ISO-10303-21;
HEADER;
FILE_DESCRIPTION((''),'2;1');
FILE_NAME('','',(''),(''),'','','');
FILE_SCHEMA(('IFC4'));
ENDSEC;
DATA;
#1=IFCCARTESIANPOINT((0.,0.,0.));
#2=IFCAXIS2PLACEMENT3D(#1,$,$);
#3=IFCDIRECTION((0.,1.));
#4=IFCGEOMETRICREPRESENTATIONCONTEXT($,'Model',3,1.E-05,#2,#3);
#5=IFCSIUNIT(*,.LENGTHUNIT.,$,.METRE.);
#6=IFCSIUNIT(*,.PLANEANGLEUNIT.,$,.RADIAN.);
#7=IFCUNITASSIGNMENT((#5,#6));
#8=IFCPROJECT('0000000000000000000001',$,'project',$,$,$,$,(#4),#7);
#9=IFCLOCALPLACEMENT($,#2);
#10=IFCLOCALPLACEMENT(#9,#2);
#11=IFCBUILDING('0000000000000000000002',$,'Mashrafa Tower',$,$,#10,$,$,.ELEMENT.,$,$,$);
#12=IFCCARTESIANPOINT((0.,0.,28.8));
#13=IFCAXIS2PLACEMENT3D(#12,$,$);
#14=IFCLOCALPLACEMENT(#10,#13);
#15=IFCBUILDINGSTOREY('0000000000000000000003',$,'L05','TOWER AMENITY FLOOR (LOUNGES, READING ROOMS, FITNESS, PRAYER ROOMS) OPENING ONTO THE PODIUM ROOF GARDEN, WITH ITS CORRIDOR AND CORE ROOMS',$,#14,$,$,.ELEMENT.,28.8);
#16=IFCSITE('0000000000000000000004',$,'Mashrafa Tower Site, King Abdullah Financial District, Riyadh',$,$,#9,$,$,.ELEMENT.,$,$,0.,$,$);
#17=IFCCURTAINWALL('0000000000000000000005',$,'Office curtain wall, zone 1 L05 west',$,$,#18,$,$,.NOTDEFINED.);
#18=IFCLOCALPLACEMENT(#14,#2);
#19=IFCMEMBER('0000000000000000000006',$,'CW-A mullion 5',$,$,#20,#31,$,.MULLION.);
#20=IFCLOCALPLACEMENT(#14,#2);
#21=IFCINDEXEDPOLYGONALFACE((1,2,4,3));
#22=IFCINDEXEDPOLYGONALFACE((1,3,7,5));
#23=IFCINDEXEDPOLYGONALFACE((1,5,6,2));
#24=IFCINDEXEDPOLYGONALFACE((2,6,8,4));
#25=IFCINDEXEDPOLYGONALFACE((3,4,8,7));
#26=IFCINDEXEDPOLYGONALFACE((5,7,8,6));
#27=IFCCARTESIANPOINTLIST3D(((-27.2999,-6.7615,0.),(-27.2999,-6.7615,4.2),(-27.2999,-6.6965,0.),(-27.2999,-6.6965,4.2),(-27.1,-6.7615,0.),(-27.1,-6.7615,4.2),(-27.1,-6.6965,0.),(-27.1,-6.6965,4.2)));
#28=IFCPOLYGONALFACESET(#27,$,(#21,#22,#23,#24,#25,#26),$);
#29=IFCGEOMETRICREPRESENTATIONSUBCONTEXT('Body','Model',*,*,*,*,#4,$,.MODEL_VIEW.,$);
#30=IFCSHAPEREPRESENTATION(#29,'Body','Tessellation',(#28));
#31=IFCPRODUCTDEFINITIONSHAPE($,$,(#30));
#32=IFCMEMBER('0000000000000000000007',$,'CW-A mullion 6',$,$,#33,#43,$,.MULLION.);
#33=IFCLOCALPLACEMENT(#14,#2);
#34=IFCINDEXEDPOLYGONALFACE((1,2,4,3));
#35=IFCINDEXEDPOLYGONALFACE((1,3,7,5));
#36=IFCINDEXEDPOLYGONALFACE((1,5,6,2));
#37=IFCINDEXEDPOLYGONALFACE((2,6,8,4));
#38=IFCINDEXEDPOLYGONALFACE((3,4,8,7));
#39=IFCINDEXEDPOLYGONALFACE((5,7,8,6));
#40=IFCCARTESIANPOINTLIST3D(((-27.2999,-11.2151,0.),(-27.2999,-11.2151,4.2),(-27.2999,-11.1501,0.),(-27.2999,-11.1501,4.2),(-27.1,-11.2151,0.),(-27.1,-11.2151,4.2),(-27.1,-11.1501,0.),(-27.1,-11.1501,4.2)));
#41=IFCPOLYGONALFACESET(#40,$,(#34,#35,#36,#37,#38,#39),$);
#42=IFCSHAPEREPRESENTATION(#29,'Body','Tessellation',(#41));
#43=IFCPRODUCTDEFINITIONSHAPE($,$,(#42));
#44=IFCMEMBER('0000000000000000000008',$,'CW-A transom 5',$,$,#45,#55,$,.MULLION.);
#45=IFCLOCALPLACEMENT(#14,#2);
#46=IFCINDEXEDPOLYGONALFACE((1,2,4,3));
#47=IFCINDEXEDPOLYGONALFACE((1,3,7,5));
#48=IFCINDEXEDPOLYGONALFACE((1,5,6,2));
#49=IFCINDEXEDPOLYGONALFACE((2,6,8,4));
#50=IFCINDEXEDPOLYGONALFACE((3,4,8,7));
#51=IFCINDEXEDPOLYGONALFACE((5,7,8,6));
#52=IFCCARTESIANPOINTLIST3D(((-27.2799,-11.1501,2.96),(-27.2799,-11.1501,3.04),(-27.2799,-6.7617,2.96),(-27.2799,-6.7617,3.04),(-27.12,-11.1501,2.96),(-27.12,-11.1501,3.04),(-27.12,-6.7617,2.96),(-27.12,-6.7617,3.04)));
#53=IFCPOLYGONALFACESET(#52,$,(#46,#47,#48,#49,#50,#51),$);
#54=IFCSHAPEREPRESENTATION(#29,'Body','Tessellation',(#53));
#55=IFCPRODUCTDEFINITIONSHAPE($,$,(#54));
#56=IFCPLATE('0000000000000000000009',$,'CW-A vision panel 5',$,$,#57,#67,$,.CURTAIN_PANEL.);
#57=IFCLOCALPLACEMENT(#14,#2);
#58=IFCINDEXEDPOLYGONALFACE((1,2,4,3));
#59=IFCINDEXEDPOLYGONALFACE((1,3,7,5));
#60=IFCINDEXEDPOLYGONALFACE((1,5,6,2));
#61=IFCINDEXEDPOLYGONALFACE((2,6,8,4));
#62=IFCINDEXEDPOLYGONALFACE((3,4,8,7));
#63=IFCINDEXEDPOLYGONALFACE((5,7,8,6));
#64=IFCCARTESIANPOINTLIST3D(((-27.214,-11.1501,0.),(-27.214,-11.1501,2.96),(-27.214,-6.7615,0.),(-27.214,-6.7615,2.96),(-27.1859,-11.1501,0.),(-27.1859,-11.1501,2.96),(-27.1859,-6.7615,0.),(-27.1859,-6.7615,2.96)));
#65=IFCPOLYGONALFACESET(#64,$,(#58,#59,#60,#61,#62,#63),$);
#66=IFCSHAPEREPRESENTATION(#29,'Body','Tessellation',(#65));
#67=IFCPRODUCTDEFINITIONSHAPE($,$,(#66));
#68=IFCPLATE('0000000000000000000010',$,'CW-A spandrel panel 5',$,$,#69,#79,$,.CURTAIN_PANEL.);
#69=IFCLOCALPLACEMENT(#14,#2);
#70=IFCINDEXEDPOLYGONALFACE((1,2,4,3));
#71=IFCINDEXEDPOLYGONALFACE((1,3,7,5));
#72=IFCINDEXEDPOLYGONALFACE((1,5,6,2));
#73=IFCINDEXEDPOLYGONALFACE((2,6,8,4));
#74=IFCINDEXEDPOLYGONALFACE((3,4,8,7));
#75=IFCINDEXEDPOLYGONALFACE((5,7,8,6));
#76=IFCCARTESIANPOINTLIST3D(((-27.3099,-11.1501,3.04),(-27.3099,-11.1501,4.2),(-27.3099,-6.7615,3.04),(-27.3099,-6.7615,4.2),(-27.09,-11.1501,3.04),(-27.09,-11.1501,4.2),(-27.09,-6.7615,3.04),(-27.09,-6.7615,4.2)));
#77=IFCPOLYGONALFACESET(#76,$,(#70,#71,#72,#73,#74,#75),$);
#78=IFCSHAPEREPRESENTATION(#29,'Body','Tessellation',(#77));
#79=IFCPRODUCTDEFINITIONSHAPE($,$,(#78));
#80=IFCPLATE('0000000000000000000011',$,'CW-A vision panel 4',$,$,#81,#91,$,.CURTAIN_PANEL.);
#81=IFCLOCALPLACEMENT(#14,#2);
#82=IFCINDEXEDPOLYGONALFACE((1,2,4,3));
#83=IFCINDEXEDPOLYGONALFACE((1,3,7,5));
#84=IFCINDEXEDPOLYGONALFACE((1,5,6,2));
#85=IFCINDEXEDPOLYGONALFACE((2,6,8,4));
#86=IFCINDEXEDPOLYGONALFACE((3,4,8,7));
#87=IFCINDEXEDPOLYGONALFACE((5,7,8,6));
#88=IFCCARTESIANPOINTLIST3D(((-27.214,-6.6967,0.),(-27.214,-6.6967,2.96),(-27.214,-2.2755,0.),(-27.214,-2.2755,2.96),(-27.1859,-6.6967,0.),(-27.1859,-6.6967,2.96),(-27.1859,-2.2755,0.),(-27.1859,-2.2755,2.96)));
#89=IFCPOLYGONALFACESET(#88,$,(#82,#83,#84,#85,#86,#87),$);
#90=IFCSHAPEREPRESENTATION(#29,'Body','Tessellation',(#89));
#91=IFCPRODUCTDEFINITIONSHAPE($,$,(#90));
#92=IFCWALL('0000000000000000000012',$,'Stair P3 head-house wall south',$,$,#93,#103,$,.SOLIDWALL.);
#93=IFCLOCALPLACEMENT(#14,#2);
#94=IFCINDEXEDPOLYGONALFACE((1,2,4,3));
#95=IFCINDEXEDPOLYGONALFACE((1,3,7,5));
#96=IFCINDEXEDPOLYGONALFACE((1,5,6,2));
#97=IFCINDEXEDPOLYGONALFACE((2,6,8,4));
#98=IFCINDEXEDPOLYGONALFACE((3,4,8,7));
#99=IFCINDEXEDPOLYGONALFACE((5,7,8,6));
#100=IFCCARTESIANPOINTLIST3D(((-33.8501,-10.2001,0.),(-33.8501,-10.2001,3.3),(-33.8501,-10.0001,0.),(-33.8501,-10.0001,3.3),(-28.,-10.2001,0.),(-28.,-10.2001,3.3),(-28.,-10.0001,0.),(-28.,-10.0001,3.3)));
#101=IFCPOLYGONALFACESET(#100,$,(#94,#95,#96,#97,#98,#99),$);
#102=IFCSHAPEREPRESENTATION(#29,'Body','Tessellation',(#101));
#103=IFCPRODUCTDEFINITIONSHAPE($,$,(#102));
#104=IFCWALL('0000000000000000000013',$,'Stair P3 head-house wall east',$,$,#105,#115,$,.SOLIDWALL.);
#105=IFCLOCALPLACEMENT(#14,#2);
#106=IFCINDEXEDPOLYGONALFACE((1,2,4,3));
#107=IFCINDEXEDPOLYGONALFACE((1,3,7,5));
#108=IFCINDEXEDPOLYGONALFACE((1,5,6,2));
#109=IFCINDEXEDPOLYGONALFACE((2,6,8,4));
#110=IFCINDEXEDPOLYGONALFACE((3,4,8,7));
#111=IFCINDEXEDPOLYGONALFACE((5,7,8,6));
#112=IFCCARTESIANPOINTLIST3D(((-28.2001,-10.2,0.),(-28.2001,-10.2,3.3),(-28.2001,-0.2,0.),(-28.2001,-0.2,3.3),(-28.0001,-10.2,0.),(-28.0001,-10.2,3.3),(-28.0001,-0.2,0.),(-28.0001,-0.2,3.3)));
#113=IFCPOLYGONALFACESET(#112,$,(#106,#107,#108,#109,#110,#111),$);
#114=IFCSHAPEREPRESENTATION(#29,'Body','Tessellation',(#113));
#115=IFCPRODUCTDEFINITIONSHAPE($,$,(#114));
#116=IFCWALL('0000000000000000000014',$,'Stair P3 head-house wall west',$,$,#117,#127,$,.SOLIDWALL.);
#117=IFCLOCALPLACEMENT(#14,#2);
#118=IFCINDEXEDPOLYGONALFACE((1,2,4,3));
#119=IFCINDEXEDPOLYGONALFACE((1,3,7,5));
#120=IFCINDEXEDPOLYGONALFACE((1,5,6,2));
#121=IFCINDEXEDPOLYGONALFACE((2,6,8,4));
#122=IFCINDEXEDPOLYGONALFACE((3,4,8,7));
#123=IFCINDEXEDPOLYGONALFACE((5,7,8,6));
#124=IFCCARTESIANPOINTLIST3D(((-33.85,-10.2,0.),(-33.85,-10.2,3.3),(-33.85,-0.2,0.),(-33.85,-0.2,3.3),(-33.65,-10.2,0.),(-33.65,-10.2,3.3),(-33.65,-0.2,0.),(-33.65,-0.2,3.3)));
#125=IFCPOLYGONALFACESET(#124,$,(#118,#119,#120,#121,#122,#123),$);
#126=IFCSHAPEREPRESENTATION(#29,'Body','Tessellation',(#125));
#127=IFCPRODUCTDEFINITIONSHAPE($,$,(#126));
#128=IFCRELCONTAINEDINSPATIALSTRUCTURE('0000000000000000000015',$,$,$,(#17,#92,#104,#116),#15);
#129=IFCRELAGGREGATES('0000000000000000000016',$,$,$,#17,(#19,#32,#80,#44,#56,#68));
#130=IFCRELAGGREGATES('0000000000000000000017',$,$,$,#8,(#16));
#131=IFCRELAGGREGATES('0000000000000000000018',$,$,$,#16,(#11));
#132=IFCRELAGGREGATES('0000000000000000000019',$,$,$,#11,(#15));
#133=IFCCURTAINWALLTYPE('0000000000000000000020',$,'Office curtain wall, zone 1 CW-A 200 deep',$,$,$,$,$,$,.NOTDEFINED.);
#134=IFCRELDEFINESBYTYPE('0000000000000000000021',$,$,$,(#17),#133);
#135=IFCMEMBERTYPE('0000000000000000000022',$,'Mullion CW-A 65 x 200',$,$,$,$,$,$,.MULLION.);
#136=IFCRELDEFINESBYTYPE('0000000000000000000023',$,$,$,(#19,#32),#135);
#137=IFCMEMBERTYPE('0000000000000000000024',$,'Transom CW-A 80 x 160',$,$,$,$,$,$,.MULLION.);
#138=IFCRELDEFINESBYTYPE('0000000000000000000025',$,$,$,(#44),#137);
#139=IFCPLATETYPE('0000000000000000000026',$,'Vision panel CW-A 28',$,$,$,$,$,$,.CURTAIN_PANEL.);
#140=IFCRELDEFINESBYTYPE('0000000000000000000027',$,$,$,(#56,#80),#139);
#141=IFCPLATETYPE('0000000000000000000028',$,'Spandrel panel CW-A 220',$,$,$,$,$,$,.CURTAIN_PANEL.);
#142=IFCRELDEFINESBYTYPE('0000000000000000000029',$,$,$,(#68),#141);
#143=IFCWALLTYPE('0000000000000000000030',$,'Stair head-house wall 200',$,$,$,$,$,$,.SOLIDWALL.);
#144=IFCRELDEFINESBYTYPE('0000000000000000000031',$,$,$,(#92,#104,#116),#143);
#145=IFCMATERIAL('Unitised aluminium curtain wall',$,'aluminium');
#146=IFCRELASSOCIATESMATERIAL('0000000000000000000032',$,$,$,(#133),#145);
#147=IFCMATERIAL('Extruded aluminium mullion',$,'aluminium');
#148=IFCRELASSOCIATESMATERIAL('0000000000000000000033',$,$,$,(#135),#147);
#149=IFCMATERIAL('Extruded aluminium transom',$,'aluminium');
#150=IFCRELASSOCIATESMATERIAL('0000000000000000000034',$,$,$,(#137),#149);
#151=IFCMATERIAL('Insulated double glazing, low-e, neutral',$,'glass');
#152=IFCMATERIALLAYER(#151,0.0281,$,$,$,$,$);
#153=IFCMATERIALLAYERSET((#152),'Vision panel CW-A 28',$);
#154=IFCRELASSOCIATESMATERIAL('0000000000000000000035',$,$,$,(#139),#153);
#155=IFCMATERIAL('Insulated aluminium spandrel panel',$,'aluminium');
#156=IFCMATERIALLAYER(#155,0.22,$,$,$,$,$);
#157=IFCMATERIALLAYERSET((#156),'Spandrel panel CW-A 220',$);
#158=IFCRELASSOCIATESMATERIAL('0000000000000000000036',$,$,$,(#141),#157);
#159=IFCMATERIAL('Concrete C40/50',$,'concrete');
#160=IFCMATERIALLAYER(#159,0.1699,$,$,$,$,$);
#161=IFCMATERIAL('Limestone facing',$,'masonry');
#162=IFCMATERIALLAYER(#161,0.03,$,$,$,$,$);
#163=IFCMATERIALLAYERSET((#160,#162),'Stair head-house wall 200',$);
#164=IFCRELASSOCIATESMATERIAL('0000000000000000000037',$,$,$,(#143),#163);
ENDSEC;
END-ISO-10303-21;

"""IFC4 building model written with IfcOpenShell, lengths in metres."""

from ifc_helpers import new_model, si_unit, direction, frame, frame_2d, origin, origin_2d, place, context, subcontext, project, spatial, rectangle, extrude, source, transform, mapped, material, layer, layer_set, material_profile, profile_set, type_object, type_shapes, element, aggregate, save


model = new_model("IFC4")

# Units and contexts
model_context = context("Model", 3, precision=1e-05, world=origin(), true_north=direction((0.0, 1.0)))
body_context = subcontext(model_context, "Body", "Model", "MODEL_VIEW")
ifc_project = project(units=[si_unit("LENGTHUNIT", "METRE"), si_unit("PLANEANGLEUNIT", "RADIAN")], contexts=[model_context])

# Site, building, storey
site_placement = place(None, origin())
site = spatial("IfcSite", under=ifc_project, at=site_placement, Name="Mashrafa Tower Site, King Abdullah Financial District, Riyadh", CompositionType="ELEMENT", RefElevation=0.0)
building_placement = place(site_placement, origin())
building = spatial("IfcBuilding", under=site, at=building_placement, Name="Mashrafa Tower", CompositionType="ELEMENT")
storey_placement = place(building_placement, frame((0.0, 0.0, 28.8)))
storey = spatial("IfcBuildingStorey", under=building, at=storey_placement, Name="L05", Description="TOWER AMENITY FLOOR (LOUNGES, READING ROOMS, FITNESS, PRAYER ROOMS) OPENING ONTO THE PODIUM ROOF GARDEN, WITH ITS CORRIDOR AND CORE ROOMS", CompositionType="ELEMENT", Elevation=28.8)

# Curtain wall, members, plates
ifc_material_1 = material(Name="Unitised aluminium curtain wall", Category="aluminium")
curtain_wall_type = type_object("IfcCurtainWallType", Name="Office curtain wall, zone 1 CW-A 200 deep", PredefinedType="NOTDEFINED", material=ifc_material_1)
curtain_wall_placement = place(storey_placement, origin())
curtain_wall = element("IfcCurtainWall", 1, at=curtain_wall_placement, inside=storey, type_object=curtain_wall_type, Name="Office curtain wall, zone 1 L05 west", PredefinedType="NOTDEFINED")
ifc_material_2 = material(Name="Extruded aluminium mullion", Category="aluminium")
ifc_material_profile_1 = material_profile(ifc_material_2, rectangle(XDim=0.2, YDim=0.0649, at=origin_2d()), Name="Mullion 65x200")
ifc_profile_set_1 = profile_set([ifc_material_profile_1], Name="Extruded aluminium mullion")
member_type_1 = type_object("IfcMemberType", Name="Mullion CW-A 65 x 200", PredefinedType="MULLION", material=ifc_profile_set_1)
shared_shape_1 = source(origin(), body_context, "Body", "SweptSolid", [
    extrude(rectangle(XDim=0.2, YDim=0.0649, at=origin_2d()), origin(), (0.0, 0.0, 1.0), 4.2),
])
type_shapes(member_type_1, [shared_shape_1])
member_1_placement = place(storey_placement, frame((-27.2, -6.729, 0.0), z_axis=(0.0, 0.0, 1.0), x_axis=(1.0, 0.0, 0.0)))
member_1 = element("IfcMember", 2, at=member_1_placement, type_object=member_type_1, Name="CW-A mullion 5", PredefinedType="MULLION", context=body_context, shape_type="MappedRepresentation", body=[
    mapped(shared_shape_1, transform((0.0, 0.0, 0.0))),
])
member_2_placement = place(storey_placement, frame((-27.2, -11.1826, 0.0), z_axis=(0.0, 0.0, 1.0), x_axis=(1.0, 0.0, 0.0)))
member_2 = element("IfcMember", 3, at=member_2_placement, type_object=member_type_1, Name="CW-A mullion 6", PredefinedType="MULLION", context=body_context, shape_type="MappedRepresentation", body=[
    mapped(shared_shape_1, transform((0.0, 0.0, 0.0))),
])
ifc_material_3 = material(Name="Extruded aluminium transom", Category="aluminium")
ifc_material_profile_2 = material_profile(ifc_material_3, rectangle(XDim=0.1599, YDim=0.0801, at=origin_2d()), Name="Transom 80x160")
ifc_profile_set_2 = profile_set([ifc_material_profile_2], Name="Extruded aluminium transom")
member_type_2 = type_object("IfcMemberType", Name="Transom CW-A 80 x 160", PredefinedType="MULLION", material=ifc_profile_set_2)
shared_shape_2 = source(origin(), body_context, "Body", "SweptSolid", [
    extrude(rectangle(XDim=0.1599, YDim=0.0801, at=origin_2d()), origin(), (0.0, 0.0, 1.0), 4.3884),
])
type_shapes(member_type_2, [shared_shape_2])
member_3_placement = place(storey_placement, frame((-27.2, -6.7617, 3.0), z_axis=(0.0, -1.0, 0.0), x_axis=(1.0, 0.0, 0.0)))
member_3 = element("IfcMember", 4, at=member_3_placement, type_object=member_type_2, Name="CW-A transom 5", PredefinedType="MULLION", context=body_context, shape_type="MappedRepresentation", body=[
    mapped(shared_shape_2, transform((0.0, 0.0, 0.0))),
])
ifc_material_4 = material(Name="Insulated double glazing, low-e, neutral", Category="glass")
ifc_layer_1 = layer(ifc_material_4, 0.0281)
ifc_layer_set_1 = layer_set([ifc_layer_1], Name="Vision panel CW-A 28")
plate_type_1 = type_object("IfcPlateType", Name="Vision panel CW-A 28", PredefinedType="CURTAIN_PANEL", material=ifc_layer_set_1)
shared_shape_3 = source(origin(), body_context, "Body", "SweptSolid", [
    extrude(rectangle(XDim=4.3887, YDim=0.0281, at=origin_2d()), origin(), (0.0, 0.0, 1.0), 2.96),
])
plate_1_placement = place(storey_placement, frame((-27.2, -8.9558, 0.0), z_axis=(0.0, 0.0, 1.0), x_axis=(0.0, -1.0, 0.0)))
plate_1 = element("IfcPlate", 5, at=plate_1_placement, type_object=plate_type_1, Name="CW-A vision panel 5", PredefinedType="CURTAIN_PANEL", context=body_context, shape_type="MappedRepresentation", body=[
    mapped(shared_shape_3, transform((0.0, 0.0, 0.0))),
])
ifc_material_5 = material(Name="Insulated aluminium spandrel panel", Category="aluminium")
ifc_layer_2 = layer(ifc_material_5, 0.22)
ifc_layer_set_2 = layer_set([ifc_layer_2], Name="Spandrel panel CW-A 220")
plate_type_2 = type_object("IfcPlateType", Name="Spandrel panel CW-A 220", PredefinedType="CURTAIN_PANEL", material=ifc_layer_set_2)
shared_shape_4 = source(origin(), body_context, "Body", "SweptSolid", [
    extrude(rectangle(XDim=4.3887, YDim=0.22, at=origin_2d()), origin(), (0.0, 0.0, 1.0), 1.1599),
])
type_shapes(plate_type_2, [shared_shape_4])
plate_2_placement = place(storey_placement, frame((-27.2, -8.9558, 3.04), z_axis=(0.0, 0.0, 1.0), x_axis=(0.0, -1.0, 0.0)))
plate_2 = element("IfcPlate", 6, at=plate_2_placement, type_object=plate_type_2, Name="CW-A spandrel panel 5", PredefinedType="CURTAIN_PANEL", context=body_context, shape_type="MappedRepresentation", body=[
    mapped(shared_shape_4, transform((0.0, 0.0, 0.0))),
])
shared_shape_5 = source(origin(), body_context, "Body", "SweptSolid", [
    extrude(rectangle(XDim=4.4211, YDim=0.0281, at=origin_2d()), origin(), (0.0, 0.0, 1.0), 2.96),
])
type_shapes(plate_type_1, [shared_shape_3, shared_shape_5])
plate_3_placement = place(storey_placement, frame((-27.2, -4.4861, 0.0), z_axis=(0.0, 0.0, 1.0), x_axis=(0.0, -1.0, 0.0)))
plate_3 = element("IfcPlate", 7, at=plate_3_placement, type_object=plate_type_1, Name="CW-A vision panel 4", PredefinedType="CURTAIN_PANEL", context=body_context, shape_type="MappedRepresentation", body=[
    mapped(shared_shape_5, transform((0.0, 0.0, 0.0))),
])
aggregate(curtain_wall, [member_1, member_2, plate_3, member_3, plate_1, plate_2])

# Walls
ifc_material_6 = material(Name="Concrete C40/50", Category="concrete")
ifc_layer_3 = layer(ifc_material_6, 0.1699)
ifc_material_7 = material(Name="Limestone facing", Category="masonry")
ifc_layer_4 = layer(ifc_material_7, 0.03)
ifc_layer_set_3 = layer_set([ifc_layer_3, ifc_layer_4], Name="Stair head-house wall 200")
wall_type = type_object("IfcWallType", Name="Stair head-house wall 200", PredefinedType="SOLIDWALL", material=ifc_layer_set_3)
wall_1_placement = place(storey_placement, frame((-33.8501, -10.1001, 0.0), z_axis=(0.0, 0.0, 1.0), x_axis=(1.0, 0.0, 0.0)))
element("IfcWall", 8, at=wall_1_placement, inside=storey, type_object=wall_type, Name="Stair P3 head-house wall south", PredefinedType="SOLIDWALL", context=body_context, shape_type="SweptSolid", body=[
    extrude(rectangle(XDim=5.8501, YDim=0.2, at=frame_2d((2.925, 0.0))), origin(), (0.0, 0.0, 1.0), 3.3),
])
wall_2_placement = place(storey_placement, frame((-28.1001, -10.2, 0.0), z_axis=(0.0, 0.0, 1.0), x_axis=(0.0, 1.0, 0.0)))
element("IfcWall", 9, at=wall_2_placement, inside=storey, type_object=wall_type, Name="Stair P3 head-house wall east", PredefinedType="SOLIDWALL", context=body_context, shape_type="SweptSolid", body=[
    extrude(rectangle(XDim=10.0, YDim=0.2, at=frame_2d((5.0, 0.0))), origin(), (0.0, 0.0, 1.0), 3.3),
])

# Wall
wall_3_placement = place(storey_placement, frame((-33.75, -0.2, 0.0), z_axis=(0.0, 0.0, 1.0), x_axis=(0.0, -1.0, 0.0)))
element("IfcWall", 10, at=wall_3_placement, inside=storey, type_object=wall_type, Name="Stair P3 head-house wall west", PredefinedType="SOLIDWALL", context=body_context, shape_type="SweptSolid", body=[
    extrude(rectangle(XDim=10.0, YDim=0.2, at=frame_2d((5.0, 0.0))), origin(), (0.0, 0.0, 1.0), 3.3),
])

save(model, "model.ifc")
